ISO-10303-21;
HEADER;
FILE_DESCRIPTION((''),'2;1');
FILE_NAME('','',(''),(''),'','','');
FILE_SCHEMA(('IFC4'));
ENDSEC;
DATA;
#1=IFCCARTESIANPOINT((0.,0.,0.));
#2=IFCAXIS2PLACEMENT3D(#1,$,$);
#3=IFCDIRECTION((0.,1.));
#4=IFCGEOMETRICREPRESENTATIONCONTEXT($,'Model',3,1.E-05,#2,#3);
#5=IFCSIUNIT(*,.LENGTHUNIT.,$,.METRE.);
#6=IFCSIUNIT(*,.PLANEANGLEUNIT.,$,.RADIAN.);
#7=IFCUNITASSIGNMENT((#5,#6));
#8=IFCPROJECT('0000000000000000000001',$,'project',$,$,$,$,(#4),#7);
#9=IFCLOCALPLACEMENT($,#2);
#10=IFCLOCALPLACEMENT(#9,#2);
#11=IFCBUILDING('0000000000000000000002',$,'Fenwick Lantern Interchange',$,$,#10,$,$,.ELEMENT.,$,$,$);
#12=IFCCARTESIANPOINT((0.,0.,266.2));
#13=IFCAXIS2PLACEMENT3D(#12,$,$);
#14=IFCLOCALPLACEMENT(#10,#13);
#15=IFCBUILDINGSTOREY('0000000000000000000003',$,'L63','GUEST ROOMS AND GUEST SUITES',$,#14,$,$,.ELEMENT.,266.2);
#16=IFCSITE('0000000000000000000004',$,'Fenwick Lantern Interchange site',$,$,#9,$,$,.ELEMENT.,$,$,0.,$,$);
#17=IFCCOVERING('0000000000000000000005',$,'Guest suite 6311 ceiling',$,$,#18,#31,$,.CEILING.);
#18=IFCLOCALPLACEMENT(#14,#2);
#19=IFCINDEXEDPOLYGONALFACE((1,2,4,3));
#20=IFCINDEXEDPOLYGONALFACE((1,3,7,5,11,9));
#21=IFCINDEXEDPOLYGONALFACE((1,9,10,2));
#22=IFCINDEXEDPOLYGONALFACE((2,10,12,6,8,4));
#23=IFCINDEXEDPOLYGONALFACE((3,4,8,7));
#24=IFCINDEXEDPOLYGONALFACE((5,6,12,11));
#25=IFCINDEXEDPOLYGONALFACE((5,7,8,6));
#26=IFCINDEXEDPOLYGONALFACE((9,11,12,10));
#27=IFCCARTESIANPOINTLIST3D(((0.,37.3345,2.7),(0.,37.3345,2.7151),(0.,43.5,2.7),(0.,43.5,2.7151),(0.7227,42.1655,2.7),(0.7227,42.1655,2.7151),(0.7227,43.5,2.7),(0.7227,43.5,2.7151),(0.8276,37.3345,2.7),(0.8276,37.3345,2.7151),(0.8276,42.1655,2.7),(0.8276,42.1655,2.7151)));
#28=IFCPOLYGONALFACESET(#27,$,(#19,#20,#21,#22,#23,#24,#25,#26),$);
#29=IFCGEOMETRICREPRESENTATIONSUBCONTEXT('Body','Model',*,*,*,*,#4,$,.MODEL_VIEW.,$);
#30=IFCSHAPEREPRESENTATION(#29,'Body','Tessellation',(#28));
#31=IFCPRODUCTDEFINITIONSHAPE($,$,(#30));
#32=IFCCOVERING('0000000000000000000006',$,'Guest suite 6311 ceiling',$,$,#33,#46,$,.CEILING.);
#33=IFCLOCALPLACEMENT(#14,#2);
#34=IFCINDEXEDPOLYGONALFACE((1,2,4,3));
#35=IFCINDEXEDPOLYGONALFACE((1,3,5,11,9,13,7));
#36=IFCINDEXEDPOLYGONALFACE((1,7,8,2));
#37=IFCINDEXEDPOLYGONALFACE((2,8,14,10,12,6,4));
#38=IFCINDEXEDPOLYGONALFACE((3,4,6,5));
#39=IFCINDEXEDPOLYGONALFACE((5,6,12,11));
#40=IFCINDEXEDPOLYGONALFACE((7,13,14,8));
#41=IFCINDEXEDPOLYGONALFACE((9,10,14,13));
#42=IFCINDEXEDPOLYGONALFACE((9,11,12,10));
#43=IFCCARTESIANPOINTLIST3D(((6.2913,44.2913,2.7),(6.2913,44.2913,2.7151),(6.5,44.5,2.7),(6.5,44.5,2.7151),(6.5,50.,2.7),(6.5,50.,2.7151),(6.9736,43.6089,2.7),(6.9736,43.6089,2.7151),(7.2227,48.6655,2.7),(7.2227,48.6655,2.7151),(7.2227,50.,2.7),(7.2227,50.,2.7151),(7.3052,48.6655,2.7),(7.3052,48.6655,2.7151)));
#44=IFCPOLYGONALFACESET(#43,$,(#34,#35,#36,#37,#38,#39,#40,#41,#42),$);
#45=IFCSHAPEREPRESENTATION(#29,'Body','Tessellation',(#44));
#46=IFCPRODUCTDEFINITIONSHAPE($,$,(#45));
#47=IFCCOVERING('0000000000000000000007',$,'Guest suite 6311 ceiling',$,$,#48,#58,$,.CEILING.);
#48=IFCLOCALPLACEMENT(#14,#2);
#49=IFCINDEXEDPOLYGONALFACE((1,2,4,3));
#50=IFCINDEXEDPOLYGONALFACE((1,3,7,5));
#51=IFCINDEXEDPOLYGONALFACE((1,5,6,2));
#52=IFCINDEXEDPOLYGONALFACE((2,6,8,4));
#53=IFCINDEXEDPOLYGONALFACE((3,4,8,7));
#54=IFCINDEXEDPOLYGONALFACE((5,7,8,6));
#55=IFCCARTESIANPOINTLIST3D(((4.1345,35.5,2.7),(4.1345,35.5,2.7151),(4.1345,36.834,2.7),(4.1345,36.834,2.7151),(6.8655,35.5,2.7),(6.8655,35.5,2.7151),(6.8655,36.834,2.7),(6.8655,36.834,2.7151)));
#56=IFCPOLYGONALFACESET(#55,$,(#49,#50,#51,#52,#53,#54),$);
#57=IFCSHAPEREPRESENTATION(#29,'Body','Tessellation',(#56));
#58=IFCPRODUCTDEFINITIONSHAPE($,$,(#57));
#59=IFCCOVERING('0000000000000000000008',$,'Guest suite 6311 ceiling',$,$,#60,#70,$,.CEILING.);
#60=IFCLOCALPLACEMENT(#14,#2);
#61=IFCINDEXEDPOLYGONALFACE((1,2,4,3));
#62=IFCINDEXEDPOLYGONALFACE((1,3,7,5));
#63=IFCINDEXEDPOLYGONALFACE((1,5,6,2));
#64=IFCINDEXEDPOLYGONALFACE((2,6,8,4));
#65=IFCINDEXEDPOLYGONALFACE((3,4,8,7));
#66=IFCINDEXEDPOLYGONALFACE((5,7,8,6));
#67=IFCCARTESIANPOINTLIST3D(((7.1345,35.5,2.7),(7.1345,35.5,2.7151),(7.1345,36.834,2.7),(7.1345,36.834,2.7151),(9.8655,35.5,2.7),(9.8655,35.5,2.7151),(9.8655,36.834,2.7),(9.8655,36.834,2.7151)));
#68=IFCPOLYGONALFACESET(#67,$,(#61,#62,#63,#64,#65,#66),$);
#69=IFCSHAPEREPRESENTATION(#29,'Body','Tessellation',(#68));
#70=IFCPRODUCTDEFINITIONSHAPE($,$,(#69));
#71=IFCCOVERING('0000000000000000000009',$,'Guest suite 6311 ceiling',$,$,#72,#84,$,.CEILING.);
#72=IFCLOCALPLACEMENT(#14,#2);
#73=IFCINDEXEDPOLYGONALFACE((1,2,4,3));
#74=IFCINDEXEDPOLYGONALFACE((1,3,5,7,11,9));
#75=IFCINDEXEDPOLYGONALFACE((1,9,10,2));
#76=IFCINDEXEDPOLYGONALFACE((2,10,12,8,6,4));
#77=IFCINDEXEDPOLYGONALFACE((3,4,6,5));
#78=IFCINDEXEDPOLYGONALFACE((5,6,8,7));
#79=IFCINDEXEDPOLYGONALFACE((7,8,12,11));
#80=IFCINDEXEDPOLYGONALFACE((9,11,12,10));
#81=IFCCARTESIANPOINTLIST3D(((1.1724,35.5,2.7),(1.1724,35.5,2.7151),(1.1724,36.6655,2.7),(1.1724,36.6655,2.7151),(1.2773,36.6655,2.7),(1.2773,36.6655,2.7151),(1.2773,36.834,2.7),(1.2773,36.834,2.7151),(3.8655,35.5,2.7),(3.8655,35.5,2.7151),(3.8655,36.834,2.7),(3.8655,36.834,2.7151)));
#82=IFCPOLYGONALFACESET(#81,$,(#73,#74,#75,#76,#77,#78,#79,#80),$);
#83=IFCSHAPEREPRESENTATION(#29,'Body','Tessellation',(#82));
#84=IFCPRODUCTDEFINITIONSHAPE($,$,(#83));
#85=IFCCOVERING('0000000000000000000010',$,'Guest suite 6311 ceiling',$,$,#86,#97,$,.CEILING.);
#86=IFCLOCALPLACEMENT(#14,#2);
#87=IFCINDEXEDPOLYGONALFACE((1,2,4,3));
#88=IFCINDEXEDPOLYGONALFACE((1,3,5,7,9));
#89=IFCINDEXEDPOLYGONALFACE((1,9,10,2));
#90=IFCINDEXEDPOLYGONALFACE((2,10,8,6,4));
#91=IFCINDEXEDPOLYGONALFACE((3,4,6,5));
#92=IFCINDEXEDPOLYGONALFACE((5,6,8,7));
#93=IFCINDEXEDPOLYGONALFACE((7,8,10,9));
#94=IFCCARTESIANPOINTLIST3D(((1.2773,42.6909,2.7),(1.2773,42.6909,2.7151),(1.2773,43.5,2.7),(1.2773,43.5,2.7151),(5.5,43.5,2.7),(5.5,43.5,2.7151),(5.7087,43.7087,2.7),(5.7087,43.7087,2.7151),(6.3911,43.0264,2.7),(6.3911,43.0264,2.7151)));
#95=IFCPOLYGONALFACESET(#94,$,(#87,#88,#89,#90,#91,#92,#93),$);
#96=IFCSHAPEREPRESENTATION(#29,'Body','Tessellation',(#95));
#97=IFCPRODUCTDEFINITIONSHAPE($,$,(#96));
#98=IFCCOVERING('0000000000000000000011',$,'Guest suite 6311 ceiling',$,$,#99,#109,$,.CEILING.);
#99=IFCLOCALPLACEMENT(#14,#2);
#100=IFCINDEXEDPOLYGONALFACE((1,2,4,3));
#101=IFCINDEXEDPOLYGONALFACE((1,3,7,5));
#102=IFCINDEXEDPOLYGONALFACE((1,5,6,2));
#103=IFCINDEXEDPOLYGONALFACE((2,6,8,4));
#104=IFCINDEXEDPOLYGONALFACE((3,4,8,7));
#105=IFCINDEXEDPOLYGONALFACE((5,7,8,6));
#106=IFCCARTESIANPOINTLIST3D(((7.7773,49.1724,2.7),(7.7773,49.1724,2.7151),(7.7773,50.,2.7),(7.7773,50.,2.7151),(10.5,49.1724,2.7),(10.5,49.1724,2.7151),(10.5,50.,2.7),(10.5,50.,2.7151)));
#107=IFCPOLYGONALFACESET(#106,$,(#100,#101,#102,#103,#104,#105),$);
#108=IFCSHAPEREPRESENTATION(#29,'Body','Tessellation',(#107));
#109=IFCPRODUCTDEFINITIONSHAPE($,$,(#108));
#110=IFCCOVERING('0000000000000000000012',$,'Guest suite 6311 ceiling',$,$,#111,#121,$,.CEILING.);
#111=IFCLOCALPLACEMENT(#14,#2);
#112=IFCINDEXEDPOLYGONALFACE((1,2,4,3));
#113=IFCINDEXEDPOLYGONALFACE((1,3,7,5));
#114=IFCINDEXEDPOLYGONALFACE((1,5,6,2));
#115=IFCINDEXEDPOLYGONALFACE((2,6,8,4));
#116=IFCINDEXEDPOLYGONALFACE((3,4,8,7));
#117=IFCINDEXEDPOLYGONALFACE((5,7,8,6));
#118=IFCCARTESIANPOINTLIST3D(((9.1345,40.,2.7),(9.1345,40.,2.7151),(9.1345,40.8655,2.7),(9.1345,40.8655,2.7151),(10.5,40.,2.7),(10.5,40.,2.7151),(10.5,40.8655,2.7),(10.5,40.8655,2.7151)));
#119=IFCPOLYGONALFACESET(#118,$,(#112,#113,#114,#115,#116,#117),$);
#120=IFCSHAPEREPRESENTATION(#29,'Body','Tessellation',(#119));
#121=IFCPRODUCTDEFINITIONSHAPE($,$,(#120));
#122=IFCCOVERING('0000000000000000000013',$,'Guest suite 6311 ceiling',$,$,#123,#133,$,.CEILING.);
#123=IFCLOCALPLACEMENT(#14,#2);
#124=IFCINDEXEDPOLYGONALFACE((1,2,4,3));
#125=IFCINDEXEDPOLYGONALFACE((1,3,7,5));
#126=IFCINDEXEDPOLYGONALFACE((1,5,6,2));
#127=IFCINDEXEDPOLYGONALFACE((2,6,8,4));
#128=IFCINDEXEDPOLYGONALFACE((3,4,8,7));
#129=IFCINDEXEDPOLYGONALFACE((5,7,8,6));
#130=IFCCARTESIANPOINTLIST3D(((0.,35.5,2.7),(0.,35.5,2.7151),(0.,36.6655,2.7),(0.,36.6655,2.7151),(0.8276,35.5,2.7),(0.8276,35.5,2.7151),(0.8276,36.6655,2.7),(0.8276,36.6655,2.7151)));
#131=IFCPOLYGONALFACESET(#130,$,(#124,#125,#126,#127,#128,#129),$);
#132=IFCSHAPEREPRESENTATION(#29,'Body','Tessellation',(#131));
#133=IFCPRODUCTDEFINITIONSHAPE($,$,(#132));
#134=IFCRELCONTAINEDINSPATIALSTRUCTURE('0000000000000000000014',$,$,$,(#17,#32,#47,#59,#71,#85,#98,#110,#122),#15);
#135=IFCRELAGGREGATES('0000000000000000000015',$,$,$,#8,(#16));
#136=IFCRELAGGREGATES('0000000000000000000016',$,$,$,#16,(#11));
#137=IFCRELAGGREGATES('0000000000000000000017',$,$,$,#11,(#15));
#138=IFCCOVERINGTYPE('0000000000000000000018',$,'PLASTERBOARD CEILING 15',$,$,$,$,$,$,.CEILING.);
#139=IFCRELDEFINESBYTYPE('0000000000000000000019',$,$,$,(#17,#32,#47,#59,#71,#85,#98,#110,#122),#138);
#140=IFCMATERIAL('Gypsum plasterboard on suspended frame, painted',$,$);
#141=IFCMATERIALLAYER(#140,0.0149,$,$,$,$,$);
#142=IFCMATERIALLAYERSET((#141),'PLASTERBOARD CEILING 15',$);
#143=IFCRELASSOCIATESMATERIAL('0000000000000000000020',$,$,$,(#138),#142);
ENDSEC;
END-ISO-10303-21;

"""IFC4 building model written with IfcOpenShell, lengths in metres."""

from ifc_helpers import new_model, si_unit, direction, frame, origin, place, context, subcontext, project, spatial, polyline, outline, extrude, material, layer, layer_set, type_object, element, save


model = new_model("IFC4")

# Units and contexts
model_context = context("Model", 3, precision=1e-05, world=origin(), true_north=direction((0.0, 1.0)))
body_context = subcontext(model_context, "Body", "Model", "MODEL_VIEW")
ifc_project = project(units=[si_unit("LENGTHUNIT", "METRE"), si_unit("PLANEANGLEUNIT", "RADIAN")], contexts=[model_context])

# Site, building, storey
site_placement = place(None, origin())
site = spatial("IfcSite", under=ifc_project, at=site_placement, Name="Fenwick Lantern Interchange site", CompositionType="ELEMENT", RefElevation=0.0)
building_placement = place(site_placement, origin())
building = spatial("IfcBuilding", under=site, at=building_placement, Name="Fenwick Lantern Interchange", CompositionType="ELEMENT")
storey_placement = place(building_placement, frame((0.0, 0.0, 266.2)))
storey = spatial("IfcBuildingStorey", under=building, at=storey_placement, Name="L63", Description="GUEST ROOMS AND GUEST SUITES", CompositionType="ELEMENT", Elevation=266.2)

# Coverings
ifc_material = material(Name="Gypsum plasterboard on suspended frame, painted")
ifc_layer = layer(ifc_material, 0.0149)
ifc_layer_set = layer_set([ifc_layer], Name="PLASTERBOARD CEILING 15")
covering_type = type_object("IfcCoveringType", Name="PLASTERBOARD CEILING 15", PredefinedType="CEILING", material=ifc_layer_set)
covering_1_placement = place(storey_placement, frame((0.0, 0.0, 2.7)))
element("IfcCovering", 1, at=covering_1_placement, inside=storey, type_object=covering_type, Name="Guest suite 6311 ceiling", PredefinedType="CEILING", context=body_context, shape_type="SweptSolid", body=[
    extrude(outline(polyline([(0.0, 37.3345), (0.8276, 37.3345), (0.8276, 42.1655), (0.7227, 42.1655), (0.7227, 43.5), (0.0, 43.5), (0.0, 37.3345)])), origin(), (0.0, 0.0, 1.0), 0.0151),
])
covering_2_placement = place(storey_placement, frame((0.0, 0.0, 2.7)))
element("IfcCovering", 2, at=covering_2_placement, inside=storey, type_object=covering_type, Name="Guest suite 6311 ceiling", PredefinedType="CEILING", context=body_context, shape_type="SweptSolid", body=[
    extrude(outline(polyline([(7.3052, 48.6655), (7.2227, 48.6655), (7.2227, 50.0), (6.5, 50.0), (6.5, 44.5), (6.2913, 44.2913), (6.9736, 43.6089), (7.3052, 48.6655)])), origin(), (0.0, 0.0, 1.0), 0.0151),
])
covering_3_placement = place(storey_placement, frame((0.0, 0.0, 2.7)))
element("IfcCovering", 3, at=covering_3_placement, inside=storey, type_object=covering_type, Name="Guest suite 6311 ceiling", PredefinedType="CEILING", context=body_context, shape_type="SweptSolid", body=[
    extrude(outline(polyline([(4.1345, 35.5), (6.8655, 35.5), (6.8655, 36.834), (4.1345, 36.834), (4.1345, 35.5)])), origin(), (0.0, 0.0, 1.0), 0.0151),
])
covering_4_placement = place(storey_placement, frame((0.0, 0.0, 2.7)))
element("IfcCovering", 4, at=covering_4_placement, inside=storey, type_object=covering_type, Name="Guest suite 6311 ceiling", PredefinedType="CEILING", context=body_context, shape_type="SweptSolid", body=[
    extrude(outline(polyline([(7.1345, 35.5), (9.8655, 35.5), (9.8655, 36.834), (7.1345, 36.834), (7.1345, 35.5)])), origin(), (0.0, 0.0, 1.0), 0.0151),
])
covering_5_placement = place(storey_placement, frame((0.0, 0.0, 2.7)))
element("IfcCovering", 5, at=covering_5_placement, inside=storey, type_object=covering_type, Name="Guest suite 6311 ceiling", PredefinedType="CEILING", context=body_context, shape_type="SweptSolid", body=[
    extrude(outline(polyline([(1.1724, 35.5), (3.8655, 35.5), (3.8655, 36.834), (1.2773, 36.834), (1.2773, 36.6655), (1.1724, 36.6655), (1.1724, 35.5)])), origin(), (0.0, 0.0, 1.0), 0.0151),
])
covering_6_placement = place(storey_placement, frame((0.0, 0.0, 2.7)))
element("IfcCovering", 6, at=covering_6_placement, inside=storey, type_object=covering_type, Name="Guest suite 6311 ceiling", PredefinedType="CEILING", context=body_context, shape_type="SweptSolid", body=[
    extrude(outline(polyline([(1.2773, 43.5), (1.2773, 42.6909), (6.3911, 43.0264), (5.7087, 43.7087), (5.5, 43.5), (1.2773, 43.5)])), origin(), (0.0, 0.0, 1.0), 0.0151),
])
covering_7_placement = place(storey_placement, frame((0.0, 0.0, 2.7)))
element("IfcCovering", 7, at=covering_7_placement, inside=storey, type_object=covering_type, Name="Guest suite 6311 ceiling", PredefinedType="CEILING", context=body_context, shape_type="SweptSolid", body=[
    extrude(outline(polyline([(7.7773, 50.0), (7.7773, 49.1724), (10.5, 49.1724), (10.5, 50.0), (7.7773, 50.0)])), origin(), (0.0, 0.0, 1.0), 0.0151),
])
covering_8_placement = place(storey_placement, frame((0.0, 0.0, 2.7)))
element("IfcCovering", 8, at=covering_8_placement, inside=storey, type_object=covering_type, Name="Guest suite 6311 ceiling", PredefinedType="CEILING", context=body_context, shape_type="SweptSolid", body=[
    extrude(outline(polyline([(10.5, 40.0), (10.5, 40.8655), (9.1345, 40.8655), (9.1345, 40.0), (10.5, 40.0)])), origin(), (0.0, 0.0, 1.0), 0.0151),
])
covering_9_placement = place(storey_placement, frame((0.0, 0.0, 2.7)))
element("IfcCovering", 9, at=covering_9_placement, inside=storey, type_object=covering_type, Name="Guest suite 6311 ceiling", PredefinedType="CEILING", context=body_context, shape_type="SweptSolid", body=[
    extrude(outline(polyline([(0.0, 35.5), (0.8276, 35.5), (0.8276, 36.6655), (0.0, 36.6655), (0.0, 35.5)])), origin(), (0.0, 0.0, 1.0), 0.0151),
])

save(model, "model.ifc")
